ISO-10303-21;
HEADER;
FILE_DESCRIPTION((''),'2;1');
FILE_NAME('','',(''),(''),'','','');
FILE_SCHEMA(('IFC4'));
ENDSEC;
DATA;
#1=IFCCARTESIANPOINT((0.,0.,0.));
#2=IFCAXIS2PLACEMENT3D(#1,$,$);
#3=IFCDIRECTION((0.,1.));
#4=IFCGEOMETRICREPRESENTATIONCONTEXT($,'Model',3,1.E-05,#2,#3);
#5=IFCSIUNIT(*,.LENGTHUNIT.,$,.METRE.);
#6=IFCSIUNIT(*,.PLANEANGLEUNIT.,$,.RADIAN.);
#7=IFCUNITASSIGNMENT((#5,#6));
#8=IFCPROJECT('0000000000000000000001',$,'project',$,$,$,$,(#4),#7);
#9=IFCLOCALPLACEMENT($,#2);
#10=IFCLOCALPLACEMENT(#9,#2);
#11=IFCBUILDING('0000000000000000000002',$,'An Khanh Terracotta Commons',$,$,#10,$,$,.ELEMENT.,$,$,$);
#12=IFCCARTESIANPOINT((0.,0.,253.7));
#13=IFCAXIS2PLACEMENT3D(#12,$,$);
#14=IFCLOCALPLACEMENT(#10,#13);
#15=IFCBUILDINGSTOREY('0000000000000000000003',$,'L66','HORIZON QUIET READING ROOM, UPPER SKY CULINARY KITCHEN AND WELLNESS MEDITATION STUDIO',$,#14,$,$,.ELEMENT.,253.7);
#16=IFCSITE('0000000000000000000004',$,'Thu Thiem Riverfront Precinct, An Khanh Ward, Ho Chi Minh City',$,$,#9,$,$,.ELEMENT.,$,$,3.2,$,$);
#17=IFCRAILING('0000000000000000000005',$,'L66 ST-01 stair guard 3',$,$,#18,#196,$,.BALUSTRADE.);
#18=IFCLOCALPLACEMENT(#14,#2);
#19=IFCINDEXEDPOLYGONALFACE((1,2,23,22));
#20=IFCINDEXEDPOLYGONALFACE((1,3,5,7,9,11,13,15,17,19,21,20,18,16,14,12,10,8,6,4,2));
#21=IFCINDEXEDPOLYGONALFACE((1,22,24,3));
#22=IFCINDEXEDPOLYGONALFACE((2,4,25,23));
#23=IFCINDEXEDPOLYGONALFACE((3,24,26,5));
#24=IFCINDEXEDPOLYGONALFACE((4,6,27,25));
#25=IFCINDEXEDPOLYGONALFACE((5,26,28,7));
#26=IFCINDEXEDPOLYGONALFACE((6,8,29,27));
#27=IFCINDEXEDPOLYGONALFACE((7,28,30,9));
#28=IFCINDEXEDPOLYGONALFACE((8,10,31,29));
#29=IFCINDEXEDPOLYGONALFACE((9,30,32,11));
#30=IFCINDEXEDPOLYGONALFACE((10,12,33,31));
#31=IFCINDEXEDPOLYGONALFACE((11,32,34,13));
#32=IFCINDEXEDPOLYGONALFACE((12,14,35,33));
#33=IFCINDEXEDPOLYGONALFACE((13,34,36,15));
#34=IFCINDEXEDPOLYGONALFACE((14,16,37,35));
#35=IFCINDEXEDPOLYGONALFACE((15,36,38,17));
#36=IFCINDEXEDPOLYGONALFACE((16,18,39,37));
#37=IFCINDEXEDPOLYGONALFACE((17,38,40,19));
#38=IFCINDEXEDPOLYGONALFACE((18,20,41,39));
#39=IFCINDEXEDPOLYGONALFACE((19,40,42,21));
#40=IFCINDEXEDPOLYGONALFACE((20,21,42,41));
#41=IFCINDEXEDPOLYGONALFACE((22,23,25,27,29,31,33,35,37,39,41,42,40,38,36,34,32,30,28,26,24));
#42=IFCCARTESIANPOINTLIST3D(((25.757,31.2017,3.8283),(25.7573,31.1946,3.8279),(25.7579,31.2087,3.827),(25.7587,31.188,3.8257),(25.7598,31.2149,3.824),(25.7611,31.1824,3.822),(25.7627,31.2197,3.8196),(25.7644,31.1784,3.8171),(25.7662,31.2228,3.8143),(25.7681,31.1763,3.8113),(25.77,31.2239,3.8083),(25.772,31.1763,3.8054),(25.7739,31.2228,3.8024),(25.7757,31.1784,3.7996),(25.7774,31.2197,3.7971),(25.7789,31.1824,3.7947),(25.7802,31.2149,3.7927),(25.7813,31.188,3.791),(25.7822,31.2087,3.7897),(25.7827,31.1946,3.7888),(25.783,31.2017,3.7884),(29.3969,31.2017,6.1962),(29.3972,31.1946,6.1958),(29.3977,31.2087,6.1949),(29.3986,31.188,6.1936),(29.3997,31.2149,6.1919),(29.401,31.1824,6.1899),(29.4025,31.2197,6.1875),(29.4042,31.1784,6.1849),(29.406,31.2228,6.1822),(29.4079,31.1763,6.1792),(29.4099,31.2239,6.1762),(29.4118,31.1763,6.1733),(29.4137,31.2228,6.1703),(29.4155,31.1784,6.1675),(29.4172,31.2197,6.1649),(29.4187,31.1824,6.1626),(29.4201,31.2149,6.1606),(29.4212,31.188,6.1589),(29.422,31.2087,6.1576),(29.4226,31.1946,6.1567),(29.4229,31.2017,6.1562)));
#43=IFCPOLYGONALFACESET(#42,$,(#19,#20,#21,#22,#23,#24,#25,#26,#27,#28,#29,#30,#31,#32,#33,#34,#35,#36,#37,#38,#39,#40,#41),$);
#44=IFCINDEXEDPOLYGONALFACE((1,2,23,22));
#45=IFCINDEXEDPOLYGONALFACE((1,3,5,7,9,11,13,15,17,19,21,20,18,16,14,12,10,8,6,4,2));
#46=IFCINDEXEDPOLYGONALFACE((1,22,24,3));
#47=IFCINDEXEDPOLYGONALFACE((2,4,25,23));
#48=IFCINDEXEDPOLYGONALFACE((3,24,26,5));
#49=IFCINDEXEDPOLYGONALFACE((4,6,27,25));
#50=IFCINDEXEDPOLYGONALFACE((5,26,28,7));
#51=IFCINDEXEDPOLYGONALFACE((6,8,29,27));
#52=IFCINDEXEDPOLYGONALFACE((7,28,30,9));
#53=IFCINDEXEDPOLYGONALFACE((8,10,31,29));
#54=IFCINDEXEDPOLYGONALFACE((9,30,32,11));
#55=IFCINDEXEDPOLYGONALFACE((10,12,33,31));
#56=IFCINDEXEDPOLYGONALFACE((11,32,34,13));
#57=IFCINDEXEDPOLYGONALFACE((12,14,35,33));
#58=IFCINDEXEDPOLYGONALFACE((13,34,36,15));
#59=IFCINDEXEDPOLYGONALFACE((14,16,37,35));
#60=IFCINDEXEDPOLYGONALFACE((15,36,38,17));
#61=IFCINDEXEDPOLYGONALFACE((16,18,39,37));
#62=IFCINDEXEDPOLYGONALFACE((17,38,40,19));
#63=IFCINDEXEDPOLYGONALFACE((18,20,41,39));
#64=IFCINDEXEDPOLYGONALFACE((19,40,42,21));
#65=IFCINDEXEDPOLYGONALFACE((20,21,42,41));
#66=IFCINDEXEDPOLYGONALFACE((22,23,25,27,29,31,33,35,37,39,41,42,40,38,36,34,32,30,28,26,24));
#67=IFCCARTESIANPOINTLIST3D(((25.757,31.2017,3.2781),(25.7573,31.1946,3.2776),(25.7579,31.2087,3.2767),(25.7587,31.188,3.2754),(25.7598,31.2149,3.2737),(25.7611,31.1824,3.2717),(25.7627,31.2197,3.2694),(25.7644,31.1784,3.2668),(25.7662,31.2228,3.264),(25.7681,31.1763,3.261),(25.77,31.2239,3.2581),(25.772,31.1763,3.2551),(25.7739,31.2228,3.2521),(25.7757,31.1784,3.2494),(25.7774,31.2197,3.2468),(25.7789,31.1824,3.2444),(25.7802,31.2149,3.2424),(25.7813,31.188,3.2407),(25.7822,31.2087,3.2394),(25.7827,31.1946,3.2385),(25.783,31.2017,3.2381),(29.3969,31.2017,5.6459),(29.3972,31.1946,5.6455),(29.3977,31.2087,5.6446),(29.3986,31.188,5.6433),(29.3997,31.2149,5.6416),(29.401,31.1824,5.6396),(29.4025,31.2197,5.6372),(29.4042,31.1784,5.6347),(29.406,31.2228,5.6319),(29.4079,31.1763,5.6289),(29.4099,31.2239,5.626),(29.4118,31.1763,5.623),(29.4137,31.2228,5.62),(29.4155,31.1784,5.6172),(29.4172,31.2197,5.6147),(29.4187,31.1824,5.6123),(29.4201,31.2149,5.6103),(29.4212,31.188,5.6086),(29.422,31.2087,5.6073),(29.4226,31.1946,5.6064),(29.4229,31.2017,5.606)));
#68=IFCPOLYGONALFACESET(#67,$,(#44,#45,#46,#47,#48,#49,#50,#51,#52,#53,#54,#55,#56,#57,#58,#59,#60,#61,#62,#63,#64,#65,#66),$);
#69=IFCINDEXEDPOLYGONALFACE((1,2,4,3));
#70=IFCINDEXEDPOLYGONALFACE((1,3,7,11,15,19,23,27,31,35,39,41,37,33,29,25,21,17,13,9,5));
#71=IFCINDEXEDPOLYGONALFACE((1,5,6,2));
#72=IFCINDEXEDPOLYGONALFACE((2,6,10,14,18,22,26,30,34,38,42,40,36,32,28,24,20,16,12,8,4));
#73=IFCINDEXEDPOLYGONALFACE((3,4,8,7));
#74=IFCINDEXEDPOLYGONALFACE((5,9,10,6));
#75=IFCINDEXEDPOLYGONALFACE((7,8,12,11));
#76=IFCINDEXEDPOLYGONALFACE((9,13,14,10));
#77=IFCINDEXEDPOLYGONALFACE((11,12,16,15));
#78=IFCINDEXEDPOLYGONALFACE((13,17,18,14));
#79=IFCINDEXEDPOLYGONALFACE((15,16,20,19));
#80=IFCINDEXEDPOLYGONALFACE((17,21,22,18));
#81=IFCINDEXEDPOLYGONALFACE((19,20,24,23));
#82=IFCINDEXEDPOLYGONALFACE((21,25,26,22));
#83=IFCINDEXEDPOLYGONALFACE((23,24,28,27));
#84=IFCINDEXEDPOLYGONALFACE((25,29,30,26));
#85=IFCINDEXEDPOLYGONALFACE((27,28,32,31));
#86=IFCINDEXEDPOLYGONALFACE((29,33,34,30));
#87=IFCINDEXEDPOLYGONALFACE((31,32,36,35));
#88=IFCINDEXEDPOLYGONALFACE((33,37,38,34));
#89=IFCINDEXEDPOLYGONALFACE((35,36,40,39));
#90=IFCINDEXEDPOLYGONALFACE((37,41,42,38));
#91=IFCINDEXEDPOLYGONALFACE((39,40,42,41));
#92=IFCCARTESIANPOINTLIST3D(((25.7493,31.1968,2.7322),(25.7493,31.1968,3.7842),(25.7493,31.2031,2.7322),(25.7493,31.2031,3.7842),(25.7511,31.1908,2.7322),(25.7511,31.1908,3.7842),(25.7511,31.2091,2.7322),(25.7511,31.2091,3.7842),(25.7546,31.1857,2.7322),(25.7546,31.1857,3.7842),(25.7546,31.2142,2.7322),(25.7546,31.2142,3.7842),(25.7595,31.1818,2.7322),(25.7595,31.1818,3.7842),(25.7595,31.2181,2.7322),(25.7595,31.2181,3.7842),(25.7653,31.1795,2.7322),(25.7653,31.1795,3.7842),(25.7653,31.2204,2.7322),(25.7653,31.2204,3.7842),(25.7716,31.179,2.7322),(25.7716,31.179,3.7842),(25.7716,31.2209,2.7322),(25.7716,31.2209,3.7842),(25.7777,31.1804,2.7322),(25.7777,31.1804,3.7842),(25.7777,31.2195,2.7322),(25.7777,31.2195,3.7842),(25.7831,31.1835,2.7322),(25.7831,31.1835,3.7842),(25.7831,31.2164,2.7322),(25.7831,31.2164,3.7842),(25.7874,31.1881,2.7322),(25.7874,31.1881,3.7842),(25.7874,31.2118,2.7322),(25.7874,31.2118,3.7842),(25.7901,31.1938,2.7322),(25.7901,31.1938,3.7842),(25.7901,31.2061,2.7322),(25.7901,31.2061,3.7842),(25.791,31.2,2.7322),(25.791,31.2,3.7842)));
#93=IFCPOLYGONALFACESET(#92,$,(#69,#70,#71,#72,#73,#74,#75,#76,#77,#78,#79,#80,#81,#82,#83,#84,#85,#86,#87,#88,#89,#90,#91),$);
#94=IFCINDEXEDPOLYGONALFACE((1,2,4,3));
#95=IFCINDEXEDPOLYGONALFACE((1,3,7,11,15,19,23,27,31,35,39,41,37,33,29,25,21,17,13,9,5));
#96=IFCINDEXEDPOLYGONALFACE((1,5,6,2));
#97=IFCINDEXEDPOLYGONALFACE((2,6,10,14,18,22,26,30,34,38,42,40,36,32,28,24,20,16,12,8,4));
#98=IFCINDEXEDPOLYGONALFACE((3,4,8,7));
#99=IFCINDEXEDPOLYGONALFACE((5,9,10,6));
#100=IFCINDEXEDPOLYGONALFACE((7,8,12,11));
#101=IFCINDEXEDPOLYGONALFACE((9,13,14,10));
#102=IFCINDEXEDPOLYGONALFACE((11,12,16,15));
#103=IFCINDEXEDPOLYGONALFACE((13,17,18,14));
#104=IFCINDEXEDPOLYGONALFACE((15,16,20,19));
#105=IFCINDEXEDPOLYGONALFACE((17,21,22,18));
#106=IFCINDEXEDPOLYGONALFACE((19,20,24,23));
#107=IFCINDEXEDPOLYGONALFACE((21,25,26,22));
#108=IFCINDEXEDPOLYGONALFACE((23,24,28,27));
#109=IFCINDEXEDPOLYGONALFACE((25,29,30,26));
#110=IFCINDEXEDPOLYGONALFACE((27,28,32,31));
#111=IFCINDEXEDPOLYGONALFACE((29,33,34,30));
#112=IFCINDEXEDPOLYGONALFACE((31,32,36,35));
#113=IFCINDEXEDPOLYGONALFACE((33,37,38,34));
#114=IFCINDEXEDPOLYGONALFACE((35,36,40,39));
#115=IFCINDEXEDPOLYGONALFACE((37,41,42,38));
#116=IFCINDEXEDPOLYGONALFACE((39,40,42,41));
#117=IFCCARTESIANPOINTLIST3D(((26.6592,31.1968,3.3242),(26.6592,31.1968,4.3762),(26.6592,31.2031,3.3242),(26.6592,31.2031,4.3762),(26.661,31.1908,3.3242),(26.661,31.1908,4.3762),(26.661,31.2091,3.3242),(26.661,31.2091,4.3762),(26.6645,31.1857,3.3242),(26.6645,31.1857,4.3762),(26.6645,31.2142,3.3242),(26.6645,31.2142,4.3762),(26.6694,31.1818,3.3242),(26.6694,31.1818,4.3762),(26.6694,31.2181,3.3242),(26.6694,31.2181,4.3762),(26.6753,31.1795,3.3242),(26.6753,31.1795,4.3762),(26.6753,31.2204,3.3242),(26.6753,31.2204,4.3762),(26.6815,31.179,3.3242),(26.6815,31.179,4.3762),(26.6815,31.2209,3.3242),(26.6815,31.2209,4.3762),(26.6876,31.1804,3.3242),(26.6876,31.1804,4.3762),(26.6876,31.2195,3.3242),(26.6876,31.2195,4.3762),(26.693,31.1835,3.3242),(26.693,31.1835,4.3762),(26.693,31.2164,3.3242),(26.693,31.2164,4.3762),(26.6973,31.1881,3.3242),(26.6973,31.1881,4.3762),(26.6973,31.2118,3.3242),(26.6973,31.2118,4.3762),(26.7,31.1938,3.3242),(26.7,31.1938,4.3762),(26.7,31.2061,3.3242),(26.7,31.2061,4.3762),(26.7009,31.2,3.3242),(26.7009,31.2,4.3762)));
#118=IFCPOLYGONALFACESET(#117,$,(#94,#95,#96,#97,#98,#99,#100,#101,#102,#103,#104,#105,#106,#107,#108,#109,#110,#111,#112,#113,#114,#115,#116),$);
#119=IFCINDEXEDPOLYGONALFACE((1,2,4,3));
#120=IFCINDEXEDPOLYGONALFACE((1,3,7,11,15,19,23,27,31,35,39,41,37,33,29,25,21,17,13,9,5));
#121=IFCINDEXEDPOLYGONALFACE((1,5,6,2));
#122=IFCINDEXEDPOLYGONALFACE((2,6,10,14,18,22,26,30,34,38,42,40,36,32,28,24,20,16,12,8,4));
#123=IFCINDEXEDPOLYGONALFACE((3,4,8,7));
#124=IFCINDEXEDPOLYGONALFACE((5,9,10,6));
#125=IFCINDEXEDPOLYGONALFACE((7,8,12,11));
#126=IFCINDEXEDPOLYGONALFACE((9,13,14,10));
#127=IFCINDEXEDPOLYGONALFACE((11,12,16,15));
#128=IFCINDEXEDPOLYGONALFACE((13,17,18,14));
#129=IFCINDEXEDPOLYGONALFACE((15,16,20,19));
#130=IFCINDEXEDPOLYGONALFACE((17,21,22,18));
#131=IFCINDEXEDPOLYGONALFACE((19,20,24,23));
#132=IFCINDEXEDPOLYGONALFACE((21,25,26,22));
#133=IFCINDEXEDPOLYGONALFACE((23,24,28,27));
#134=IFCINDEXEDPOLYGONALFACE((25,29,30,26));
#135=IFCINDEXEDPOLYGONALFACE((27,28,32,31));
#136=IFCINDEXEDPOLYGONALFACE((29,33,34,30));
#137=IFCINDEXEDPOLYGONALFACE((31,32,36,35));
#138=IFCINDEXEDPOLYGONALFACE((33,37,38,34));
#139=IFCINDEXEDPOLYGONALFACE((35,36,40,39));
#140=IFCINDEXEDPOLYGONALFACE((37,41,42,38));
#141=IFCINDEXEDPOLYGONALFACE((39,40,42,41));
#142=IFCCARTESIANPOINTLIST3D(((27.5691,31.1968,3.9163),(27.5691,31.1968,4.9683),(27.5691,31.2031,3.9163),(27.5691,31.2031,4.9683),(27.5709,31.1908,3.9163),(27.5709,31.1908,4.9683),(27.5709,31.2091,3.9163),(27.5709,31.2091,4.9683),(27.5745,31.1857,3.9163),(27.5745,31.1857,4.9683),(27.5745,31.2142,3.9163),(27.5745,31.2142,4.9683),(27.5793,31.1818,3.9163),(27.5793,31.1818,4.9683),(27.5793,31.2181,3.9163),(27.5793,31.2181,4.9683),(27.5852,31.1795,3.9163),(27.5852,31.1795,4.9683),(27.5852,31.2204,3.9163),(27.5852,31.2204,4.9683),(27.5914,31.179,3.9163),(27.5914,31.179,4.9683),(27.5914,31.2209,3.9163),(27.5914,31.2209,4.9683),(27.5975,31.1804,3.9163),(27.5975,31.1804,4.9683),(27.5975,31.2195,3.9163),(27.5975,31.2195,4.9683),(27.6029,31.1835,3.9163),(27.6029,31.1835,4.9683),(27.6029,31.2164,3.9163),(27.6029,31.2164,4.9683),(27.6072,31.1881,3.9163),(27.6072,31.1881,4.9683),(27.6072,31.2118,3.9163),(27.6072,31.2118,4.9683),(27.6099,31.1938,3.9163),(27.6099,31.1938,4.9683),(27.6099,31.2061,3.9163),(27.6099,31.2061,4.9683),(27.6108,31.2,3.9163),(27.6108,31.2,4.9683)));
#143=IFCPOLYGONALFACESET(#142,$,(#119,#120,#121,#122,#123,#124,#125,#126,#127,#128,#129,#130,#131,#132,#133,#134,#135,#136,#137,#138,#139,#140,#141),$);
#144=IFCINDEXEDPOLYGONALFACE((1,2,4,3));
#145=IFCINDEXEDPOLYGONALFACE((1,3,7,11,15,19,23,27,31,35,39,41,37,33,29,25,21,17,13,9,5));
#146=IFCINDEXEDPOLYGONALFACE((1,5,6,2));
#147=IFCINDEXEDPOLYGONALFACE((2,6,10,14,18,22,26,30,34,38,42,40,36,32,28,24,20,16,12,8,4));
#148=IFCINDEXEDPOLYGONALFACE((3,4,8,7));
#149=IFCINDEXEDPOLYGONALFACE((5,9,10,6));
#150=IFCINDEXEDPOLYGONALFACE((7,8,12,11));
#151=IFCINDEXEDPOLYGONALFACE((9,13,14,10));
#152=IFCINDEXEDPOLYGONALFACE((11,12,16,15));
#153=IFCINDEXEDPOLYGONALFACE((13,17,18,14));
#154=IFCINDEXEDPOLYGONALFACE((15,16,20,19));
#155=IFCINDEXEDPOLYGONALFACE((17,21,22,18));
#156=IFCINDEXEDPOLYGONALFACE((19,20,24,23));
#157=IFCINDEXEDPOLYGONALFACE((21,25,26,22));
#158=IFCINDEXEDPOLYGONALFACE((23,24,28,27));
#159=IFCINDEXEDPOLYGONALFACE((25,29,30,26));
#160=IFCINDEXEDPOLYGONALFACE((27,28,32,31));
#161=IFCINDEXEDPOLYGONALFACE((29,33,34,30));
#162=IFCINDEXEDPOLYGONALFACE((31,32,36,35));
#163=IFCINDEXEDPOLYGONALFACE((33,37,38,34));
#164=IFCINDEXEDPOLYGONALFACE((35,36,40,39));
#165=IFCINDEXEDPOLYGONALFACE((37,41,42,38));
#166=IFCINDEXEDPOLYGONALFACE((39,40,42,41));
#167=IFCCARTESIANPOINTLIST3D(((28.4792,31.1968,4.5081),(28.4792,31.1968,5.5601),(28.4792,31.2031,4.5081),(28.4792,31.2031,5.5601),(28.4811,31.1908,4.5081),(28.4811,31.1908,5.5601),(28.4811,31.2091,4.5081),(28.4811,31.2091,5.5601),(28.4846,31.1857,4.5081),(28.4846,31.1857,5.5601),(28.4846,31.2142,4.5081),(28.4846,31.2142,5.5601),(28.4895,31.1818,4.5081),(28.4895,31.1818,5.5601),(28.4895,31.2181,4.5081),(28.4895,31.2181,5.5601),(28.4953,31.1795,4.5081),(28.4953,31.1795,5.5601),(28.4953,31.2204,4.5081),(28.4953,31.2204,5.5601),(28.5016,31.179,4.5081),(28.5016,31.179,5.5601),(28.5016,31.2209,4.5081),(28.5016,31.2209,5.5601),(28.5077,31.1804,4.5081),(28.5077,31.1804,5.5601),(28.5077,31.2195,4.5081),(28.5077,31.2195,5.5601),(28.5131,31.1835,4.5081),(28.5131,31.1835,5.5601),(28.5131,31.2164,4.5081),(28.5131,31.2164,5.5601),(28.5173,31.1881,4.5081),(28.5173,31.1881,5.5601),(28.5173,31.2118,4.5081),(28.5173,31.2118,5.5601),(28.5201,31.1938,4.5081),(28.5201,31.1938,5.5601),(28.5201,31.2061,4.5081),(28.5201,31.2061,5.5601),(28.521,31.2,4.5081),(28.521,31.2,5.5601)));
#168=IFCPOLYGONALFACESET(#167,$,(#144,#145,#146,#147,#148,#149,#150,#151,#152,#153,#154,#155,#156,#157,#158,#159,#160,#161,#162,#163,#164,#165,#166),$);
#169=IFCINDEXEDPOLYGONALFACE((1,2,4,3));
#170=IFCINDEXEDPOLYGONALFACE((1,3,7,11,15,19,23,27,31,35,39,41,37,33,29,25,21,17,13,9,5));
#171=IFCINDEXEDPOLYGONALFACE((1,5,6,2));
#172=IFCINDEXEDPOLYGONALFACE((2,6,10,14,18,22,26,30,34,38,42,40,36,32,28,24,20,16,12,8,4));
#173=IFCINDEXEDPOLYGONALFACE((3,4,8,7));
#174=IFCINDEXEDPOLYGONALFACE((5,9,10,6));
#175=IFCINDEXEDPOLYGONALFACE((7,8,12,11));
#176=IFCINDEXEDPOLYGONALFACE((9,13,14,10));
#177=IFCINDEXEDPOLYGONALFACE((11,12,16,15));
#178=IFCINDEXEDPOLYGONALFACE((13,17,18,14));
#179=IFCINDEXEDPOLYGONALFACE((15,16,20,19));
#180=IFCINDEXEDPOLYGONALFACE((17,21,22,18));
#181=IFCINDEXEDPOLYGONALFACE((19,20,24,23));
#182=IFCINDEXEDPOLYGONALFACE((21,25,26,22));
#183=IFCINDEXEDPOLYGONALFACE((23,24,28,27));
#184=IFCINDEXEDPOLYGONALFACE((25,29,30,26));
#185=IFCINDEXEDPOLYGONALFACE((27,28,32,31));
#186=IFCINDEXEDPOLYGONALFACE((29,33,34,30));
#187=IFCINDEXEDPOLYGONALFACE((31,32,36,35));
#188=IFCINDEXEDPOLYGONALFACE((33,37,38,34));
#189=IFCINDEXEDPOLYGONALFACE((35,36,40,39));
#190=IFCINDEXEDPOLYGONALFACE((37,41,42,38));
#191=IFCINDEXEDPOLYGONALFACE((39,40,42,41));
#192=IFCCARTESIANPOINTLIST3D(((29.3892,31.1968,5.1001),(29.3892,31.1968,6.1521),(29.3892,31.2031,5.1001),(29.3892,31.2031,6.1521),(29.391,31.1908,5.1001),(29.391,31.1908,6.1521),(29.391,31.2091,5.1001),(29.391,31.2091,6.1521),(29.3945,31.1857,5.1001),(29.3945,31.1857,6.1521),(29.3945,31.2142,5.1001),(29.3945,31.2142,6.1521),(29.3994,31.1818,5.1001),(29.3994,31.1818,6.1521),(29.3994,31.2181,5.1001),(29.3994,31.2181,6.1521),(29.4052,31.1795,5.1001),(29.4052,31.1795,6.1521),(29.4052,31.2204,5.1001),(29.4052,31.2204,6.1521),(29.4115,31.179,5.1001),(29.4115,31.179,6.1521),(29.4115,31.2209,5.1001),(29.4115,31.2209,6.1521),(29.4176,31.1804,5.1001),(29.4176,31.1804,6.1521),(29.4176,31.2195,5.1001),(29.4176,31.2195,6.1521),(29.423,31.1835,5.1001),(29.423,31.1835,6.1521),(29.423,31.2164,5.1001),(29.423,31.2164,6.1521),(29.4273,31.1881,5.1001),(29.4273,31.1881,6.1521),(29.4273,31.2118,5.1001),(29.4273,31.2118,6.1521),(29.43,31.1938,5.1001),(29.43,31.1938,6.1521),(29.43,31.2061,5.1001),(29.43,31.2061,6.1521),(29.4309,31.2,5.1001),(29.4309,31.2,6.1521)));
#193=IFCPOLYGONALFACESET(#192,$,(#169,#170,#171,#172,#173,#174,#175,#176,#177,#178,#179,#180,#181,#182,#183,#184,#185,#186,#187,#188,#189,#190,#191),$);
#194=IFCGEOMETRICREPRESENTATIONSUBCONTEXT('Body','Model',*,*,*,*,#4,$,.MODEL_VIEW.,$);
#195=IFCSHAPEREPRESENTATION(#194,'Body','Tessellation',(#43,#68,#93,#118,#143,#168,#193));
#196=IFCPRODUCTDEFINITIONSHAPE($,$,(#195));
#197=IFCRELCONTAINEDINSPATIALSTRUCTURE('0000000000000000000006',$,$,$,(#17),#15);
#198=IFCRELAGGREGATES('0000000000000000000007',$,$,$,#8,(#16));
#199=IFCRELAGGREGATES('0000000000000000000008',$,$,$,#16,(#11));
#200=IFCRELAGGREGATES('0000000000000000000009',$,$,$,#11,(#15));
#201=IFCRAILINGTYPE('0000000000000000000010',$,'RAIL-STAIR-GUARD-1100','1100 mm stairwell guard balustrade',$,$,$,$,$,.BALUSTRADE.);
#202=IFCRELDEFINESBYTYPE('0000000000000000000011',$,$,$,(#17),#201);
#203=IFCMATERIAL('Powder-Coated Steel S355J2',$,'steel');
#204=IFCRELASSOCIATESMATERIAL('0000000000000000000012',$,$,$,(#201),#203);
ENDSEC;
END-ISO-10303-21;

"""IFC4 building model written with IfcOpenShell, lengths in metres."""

from ifc_helpers import new_model, si_unit, direction, frame, origin, origin_2d, place, context, subcontext, project, spatial, circle, extrude, material, type_object, element, save


model = new_model("IFC4")

# Units and contexts
model_context = context("Model", 3, precision=1e-05, world=origin(), true_north=direction((0.0, 1.0)))
body_context = subcontext(model_context, "Body", "Model", "MODEL_VIEW")
ifc_project = project(units=[si_unit("LENGTHUNIT", "METRE"), si_unit("PLANEANGLEUNIT", "RADIAN")], contexts=[model_context])

# Site, building, storey
site_placement = place(None, origin())
site = spatial("IfcSite", under=ifc_project, at=site_placement, Name="Thu Thiem Riverfront Precinct, An Khanh Ward, Ho Chi Minh City", CompositionType="ELEMENT", RefElevation=3.2)
building_placement = place(site_placement, origin())
building = spatial("IfcBuilding", under=site, at=building_placement, Name="An Khanh Terracotta Commons", CompositionType="ELEMENT")
storey_placement = place(building_placement, frame((0.0, 0.0, 253.7)))
storey = spatial("IfcBuildingStorey", under=building, at=storey_placement, Name="L66", Description="HORIZON QUIET READING ROOM, UPPER SKY CULINARY KITCHEN AND WELLNESS MEDITATION STUDIO", CompositionType="ELEMENT", Elevation=253.7)

# Railing
ifc_material_1 = material(Name="Powder-Coated Steel S355J2", Category="steel")
railing_type_1 = type_object("IfcRailingType", Name="RAIL-STAIR-GUARD-1100", Description="1100 mm stairwell guard balustrade", PredefinedType="BALUSTRADE", material=ifc_material_1)
railing_1_placement = place(storey_placement, frame((25.77, 31.2, 2.7322)))
element("IfcRailing", 1, at=railing_1_placement, inside=storey, type_object=railing_type_1, Name="L66 ST-01 stair guard 3", PredefinedType="BALUSTRADE", context=body_context, shape_type="SweptSolid", body=[
    extrude(circle(Radius=0.0239, at=origin_2d()), frame((0.0, 0.0, 1.0762), z_axis=(0.838234, 0.0, 0.54531), x_axis=(0.0, 1.0, 0.0)), (0.0, 0.0, 1.0), 4.3423),
    extrude(circle(Radius=0.0239, at=origin_2d()), frame((0.0, 0.0, 0.5259), z_axis=(0.838234, 0.0, 0.54531), x_axis=(0.0, 1.0, 0.0)), (0.0, 0.0, 1.0), 4.3423),
    extrude(circle(Radius=0.021, at=origin_2d()), origin(), (0.0, 0.0, 1.0), 1.052),
    extrude(circle(Radius=0.021, at=origin_2d()), frame((0.9099, 0.0, 0.592)), (0.0, 0.0, 1.0), 1.052),
    extrude(circle(Radius=0.021, at=origin_2d()), frame((1.8198, 0.0, 1.1841)), (0.0, 0.0, 1.0), 1.052),
    extrude(circle(Radius=0.021, at=origin_2d()), frame((2.73, 0.0, 1.7759)), (0.0, 0.0, 1.0), 1.052),
    extrude(circle(Radius=0.021, at=origin_2d()), frame((3.6399, 0.0, 2.3679)), (0.0, 0.0, 1.0), 1.052),
])

save(model, "model.ifc")
